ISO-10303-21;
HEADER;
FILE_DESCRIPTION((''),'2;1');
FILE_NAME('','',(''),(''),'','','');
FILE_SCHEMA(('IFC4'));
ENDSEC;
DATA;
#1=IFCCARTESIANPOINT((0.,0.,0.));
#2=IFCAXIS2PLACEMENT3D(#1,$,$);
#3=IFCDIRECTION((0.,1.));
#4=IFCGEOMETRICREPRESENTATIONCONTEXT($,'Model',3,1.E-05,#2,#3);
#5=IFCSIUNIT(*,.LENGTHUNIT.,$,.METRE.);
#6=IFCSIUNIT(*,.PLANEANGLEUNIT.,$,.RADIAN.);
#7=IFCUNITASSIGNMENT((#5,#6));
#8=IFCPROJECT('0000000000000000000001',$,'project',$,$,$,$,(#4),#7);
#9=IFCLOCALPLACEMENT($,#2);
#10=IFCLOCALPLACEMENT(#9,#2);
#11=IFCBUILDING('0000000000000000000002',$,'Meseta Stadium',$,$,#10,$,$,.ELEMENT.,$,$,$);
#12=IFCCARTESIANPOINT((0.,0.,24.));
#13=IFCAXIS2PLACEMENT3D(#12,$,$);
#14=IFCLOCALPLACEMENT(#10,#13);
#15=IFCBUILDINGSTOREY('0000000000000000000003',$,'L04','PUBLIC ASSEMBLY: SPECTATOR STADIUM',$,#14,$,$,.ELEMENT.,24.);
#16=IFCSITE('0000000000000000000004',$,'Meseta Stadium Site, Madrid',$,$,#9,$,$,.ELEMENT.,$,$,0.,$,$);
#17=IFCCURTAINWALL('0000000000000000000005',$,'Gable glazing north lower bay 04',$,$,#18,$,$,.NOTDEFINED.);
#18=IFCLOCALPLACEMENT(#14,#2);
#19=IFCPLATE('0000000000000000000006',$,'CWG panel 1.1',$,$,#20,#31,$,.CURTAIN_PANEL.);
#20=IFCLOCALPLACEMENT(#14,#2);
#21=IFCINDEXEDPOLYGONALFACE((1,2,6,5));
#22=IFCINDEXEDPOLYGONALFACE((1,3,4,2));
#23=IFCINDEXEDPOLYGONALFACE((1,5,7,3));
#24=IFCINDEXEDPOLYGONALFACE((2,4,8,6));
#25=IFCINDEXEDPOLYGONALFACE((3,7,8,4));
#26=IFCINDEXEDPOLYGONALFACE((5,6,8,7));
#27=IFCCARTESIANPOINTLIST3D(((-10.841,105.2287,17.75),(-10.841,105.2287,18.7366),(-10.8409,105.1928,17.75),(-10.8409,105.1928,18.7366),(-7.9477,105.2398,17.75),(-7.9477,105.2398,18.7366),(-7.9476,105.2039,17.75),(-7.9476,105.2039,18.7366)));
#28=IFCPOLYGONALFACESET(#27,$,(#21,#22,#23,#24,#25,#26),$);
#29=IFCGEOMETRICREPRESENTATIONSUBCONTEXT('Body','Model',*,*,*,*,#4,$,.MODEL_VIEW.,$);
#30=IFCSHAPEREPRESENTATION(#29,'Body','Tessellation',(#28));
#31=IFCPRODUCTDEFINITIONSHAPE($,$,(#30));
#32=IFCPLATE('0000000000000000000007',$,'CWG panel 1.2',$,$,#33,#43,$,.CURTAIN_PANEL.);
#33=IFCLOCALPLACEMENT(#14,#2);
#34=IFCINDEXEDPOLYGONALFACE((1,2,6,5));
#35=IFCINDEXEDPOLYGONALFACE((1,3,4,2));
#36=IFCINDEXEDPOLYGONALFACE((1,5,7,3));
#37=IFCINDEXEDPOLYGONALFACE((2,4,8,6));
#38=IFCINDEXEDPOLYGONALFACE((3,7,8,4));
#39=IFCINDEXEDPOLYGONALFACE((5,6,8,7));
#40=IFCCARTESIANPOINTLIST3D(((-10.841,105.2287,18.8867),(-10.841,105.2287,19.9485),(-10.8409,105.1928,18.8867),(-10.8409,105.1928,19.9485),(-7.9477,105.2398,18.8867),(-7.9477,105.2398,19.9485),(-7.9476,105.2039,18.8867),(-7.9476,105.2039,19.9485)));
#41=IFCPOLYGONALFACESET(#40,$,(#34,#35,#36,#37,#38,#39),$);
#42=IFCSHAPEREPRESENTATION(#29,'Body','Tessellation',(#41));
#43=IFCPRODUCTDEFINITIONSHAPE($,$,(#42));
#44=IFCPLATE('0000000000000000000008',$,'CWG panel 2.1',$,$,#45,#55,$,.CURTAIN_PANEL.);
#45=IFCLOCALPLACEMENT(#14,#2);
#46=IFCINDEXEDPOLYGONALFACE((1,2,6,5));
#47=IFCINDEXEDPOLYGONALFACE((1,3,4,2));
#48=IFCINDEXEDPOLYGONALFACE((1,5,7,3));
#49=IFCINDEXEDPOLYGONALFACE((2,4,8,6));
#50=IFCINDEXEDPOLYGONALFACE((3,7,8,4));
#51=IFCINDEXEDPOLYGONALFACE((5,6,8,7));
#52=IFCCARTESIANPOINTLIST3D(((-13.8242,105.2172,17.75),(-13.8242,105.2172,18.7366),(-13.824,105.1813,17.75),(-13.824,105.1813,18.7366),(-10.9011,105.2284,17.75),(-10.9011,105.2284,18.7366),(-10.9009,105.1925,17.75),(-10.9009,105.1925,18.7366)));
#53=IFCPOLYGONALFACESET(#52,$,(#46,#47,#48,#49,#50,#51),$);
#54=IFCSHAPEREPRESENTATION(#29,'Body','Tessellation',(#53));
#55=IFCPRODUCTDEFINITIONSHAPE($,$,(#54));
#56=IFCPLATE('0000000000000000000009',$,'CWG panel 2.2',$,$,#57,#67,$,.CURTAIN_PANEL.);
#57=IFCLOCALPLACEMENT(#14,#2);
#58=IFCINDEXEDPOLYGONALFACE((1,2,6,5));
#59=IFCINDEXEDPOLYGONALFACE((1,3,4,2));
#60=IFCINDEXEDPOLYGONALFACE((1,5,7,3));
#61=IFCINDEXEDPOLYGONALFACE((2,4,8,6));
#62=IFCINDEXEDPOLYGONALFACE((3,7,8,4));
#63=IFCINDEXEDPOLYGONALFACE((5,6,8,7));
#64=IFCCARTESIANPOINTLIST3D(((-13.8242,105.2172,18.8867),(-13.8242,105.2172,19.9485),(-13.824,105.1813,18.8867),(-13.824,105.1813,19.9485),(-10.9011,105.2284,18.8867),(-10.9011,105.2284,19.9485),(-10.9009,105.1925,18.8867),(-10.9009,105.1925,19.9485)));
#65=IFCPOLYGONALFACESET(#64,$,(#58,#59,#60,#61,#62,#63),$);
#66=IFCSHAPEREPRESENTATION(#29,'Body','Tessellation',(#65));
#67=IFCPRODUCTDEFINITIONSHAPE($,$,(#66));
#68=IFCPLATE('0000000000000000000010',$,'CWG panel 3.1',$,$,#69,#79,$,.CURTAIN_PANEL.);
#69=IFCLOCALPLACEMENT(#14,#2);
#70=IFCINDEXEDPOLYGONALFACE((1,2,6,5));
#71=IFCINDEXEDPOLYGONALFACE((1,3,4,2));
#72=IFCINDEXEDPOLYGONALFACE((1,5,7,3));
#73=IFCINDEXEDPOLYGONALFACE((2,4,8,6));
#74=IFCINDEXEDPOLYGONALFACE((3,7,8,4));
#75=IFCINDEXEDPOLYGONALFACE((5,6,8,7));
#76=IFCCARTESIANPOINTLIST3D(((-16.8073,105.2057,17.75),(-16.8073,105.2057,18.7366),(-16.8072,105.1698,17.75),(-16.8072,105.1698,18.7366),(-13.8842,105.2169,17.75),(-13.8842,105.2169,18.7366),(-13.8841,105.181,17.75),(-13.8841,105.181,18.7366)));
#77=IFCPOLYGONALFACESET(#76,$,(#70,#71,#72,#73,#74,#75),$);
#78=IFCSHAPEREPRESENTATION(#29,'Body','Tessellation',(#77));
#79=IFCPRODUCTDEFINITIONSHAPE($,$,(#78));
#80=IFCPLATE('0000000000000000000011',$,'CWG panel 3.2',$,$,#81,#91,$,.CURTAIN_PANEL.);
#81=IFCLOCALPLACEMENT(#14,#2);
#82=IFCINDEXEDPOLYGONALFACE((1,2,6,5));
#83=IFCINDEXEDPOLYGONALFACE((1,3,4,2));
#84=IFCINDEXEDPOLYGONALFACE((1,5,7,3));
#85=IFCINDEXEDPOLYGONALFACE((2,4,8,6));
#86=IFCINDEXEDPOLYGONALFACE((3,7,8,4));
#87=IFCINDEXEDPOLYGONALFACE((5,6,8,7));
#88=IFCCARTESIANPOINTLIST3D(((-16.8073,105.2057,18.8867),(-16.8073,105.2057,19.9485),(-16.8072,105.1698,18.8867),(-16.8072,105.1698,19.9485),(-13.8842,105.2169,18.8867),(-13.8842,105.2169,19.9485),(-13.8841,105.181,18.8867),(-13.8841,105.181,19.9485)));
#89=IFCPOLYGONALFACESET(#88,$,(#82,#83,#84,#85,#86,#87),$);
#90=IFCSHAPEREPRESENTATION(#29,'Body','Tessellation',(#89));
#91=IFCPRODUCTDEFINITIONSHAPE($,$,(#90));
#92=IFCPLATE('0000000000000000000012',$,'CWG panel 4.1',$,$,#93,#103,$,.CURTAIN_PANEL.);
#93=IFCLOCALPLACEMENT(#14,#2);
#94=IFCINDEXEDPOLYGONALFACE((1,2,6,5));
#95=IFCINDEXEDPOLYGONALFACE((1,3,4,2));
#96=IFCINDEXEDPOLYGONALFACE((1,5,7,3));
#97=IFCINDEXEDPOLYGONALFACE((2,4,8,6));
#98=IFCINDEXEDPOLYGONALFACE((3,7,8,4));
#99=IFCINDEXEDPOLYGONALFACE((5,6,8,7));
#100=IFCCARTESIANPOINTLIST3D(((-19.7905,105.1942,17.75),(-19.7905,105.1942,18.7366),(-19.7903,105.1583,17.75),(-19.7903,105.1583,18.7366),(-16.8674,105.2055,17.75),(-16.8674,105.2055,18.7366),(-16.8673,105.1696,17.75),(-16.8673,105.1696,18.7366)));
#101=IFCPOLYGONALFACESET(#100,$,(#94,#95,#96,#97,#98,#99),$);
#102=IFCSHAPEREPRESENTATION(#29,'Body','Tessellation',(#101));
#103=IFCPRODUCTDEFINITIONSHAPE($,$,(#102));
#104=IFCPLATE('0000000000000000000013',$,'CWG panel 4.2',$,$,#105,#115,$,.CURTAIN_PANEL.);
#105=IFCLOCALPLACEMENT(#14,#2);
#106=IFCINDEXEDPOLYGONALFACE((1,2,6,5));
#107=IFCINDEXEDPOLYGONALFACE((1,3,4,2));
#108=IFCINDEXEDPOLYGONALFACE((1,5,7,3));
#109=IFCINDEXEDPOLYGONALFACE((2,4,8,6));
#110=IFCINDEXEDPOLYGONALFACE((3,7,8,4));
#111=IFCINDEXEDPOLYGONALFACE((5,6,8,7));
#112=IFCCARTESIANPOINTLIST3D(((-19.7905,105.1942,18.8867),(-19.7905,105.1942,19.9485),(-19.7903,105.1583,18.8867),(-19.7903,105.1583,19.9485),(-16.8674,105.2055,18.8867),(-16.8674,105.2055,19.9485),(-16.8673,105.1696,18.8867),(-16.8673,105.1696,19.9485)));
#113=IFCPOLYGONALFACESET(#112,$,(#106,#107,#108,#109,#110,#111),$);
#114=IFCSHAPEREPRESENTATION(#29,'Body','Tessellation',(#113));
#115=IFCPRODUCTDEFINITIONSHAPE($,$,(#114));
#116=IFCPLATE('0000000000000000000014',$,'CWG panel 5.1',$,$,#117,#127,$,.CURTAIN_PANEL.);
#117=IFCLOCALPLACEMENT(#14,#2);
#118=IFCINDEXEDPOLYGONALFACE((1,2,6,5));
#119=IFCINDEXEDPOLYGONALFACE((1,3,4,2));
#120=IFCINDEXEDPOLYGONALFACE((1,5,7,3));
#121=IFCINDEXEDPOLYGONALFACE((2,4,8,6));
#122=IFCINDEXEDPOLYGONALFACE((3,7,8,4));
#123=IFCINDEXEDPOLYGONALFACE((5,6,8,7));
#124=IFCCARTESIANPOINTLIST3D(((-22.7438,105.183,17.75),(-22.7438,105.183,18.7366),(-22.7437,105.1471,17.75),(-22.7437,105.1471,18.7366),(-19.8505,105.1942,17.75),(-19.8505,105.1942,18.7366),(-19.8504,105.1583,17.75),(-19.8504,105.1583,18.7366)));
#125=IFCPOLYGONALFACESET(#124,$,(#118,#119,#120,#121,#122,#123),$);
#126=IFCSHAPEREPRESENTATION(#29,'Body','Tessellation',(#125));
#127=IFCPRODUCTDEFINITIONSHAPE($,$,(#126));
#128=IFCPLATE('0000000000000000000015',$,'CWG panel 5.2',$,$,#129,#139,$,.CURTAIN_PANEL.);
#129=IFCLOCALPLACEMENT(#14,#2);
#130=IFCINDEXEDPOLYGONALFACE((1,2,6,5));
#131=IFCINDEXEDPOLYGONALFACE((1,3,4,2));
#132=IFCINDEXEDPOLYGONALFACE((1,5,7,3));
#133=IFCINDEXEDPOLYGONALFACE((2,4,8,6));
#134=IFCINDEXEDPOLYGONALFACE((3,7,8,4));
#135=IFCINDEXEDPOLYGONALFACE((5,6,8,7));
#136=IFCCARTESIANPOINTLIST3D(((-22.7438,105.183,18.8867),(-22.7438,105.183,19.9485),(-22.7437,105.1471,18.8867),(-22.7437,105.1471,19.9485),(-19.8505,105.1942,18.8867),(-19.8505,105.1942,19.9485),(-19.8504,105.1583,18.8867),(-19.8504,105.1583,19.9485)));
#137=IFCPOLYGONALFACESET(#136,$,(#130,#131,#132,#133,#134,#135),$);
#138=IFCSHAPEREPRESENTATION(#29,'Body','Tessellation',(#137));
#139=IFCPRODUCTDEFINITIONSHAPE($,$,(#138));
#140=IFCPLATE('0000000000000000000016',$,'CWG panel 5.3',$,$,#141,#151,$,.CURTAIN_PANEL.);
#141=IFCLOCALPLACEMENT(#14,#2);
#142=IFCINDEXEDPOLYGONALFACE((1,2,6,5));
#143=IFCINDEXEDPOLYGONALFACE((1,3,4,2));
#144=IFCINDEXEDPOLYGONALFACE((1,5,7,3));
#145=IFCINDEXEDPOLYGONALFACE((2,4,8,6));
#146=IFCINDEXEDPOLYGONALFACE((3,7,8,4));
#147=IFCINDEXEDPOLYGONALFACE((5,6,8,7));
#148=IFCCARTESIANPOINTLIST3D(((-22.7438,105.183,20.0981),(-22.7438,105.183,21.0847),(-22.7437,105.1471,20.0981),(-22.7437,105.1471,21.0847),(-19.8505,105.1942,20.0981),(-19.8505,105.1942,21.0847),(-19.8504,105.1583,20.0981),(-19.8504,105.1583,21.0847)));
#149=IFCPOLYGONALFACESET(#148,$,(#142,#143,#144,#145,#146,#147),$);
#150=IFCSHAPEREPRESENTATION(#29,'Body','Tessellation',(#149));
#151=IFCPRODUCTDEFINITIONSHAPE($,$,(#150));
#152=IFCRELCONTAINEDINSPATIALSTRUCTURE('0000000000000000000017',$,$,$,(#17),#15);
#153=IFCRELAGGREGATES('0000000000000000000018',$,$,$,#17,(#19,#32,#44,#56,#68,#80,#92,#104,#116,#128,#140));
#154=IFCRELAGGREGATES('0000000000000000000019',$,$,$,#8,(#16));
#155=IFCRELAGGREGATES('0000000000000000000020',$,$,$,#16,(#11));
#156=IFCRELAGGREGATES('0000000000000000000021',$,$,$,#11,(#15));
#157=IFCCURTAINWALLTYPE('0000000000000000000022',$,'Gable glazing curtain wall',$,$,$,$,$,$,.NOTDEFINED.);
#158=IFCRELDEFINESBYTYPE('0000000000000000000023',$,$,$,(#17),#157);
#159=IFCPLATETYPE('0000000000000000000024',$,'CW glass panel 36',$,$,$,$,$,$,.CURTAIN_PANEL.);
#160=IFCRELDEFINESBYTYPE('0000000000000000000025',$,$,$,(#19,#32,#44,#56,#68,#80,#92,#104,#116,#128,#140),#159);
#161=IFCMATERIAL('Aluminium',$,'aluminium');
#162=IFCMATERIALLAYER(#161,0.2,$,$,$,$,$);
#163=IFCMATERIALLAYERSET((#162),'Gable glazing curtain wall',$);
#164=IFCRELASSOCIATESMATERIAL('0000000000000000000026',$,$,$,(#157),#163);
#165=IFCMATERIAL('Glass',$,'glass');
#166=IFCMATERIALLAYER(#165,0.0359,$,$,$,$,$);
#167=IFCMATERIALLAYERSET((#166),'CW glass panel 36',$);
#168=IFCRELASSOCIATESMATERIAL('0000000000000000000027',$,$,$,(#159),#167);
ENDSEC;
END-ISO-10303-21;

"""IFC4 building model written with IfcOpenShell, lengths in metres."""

from ifc_helpers import new_model, si_unit, direction, frame, origin, origin_2d, place, context, subcontext, project, spatial, rectangle, extrude, material, layer, layer_set, type_object, element, aggregate, save


model = new_model("IFC4")

# Units and contexts
model_context = context("Model", 3, precision=1e-05, world=origin(), true_north=direction((0.0, 1.0)))
body_context = subcontext(model_context, "Body", "Model", "MODEL_VIEW")
ifc_project = project(units=[si_unit("LENGTHUNIT", "METRE"), si_unit("PLANEANGLEUNIT", "RADIAN")], contexts=[model_context])

# Site, building, storey
site_placement = place(None, origin())
site = spatial("IfcSite", under=ifc_project, at=site_placement, Name="Meseta Stadium Site, Madrid", CompositionType="ELEMENT", RefElevation=0.0)
building_placement = place(site_placement, origin())
building = spatial("IfcBuilding", under=site, at=building_placement, Name="Meseta Stadium", CompositionType="ELEMENT")
storey_placement = place(building_placement, frame((0.0, 0.0, 24.0)))
storey = spatial("IfcBuildingStorey", under=building, at=storey_placement, Name="L04", Description="PUBLIC ASSEMBLY: SPECTATOR STADIUM", CompositionType="ELEMENT", Elevation=24.0)

# Curtain wall
ifc_material_1 = material(Name="Aluminium", Category="aluminium")
ifc_layer_1 = layer(ifc_material_1, 0.2)
ifc_layer_set_1 = layer_set([ifc_layer_1], Name="Gable glazing curtain wall")
curtain_wall_type = type_object("IfcCurtainWallType", Name="Gable glazing curtain wall", PredefinedType="NOTDEFINED", material=ifc_layer_set_1)
curtain_wall_1_placement = place(storey_placement, origin())
curtain_wall_1 = element("IfcCurtainWall", 1, at=curtain_wall_1_placement, inside=storey, type_object=curtain_wall_type, Name="Gable glazing north lower bay 04", PredefinedType="NOTDEFINED")

# Shared definitions
ifc_material_2 = material(Name="Glass", Category="glass")
ifc_layer_2 = layer(ifc_material_2, 0.0359)
ifc_layer_set_2 = layer_set([ifc_layer_2], Name="CW glass panel 36")
plate_type = type_object("IfcPlateType", Name="CW glass panel 36", PredefinedType="CURTAIN_PANEL", material=ifc_layer_set_2)

# Plates
plate_1_placement = place(storey_placement, frame((-9.3943, 105.2163, 17.75), z_axis=(0.0, 0.0, 1.0), x_axis=(-0.999993, -0.003848, 0.0)))
plate_1 = element("IfcPlate", 2, at=plate_1_placement, type_object=plate_type, Name="CWG panel 1.1", PredefinedType="CURTAIN_PANEL", context=body_context, shape_type="SweptSolid", body=[
    extrude(rectangle(XDim=2.8933, YDim=0.0359, at=origin_2d()), origin(), (0.0, 0.0, 1.0), 0.9866),
])
plate_2_placement = place(storey_placement, frame((-9.3943, 105.2163, 18.8867), z_axis=(0.0, 0.0, 1.0), x_axis=(-0.999993, -0.003848, 0.0)))
plate_2 = element("IfcPlate", 3, at=plate_2_placement, type_object=plate_type, Name="CWG panel 1.2", PredefinedType="CURTAIN_PANEL", context=body_context, shape_type="SweptSolid", body=[
    extrude(rectangle(XDim=2.8933, YDim=0.0359, at=origin_2d()), origin(), (0.0, 0.0, 1.0), 1.0618),
])
plate_3_placement = place(storey_placement, frame((-12.3625, 105.2048, 17.75), z_axis=(0.0, 0.0, 1.0), x_axis=(-0.999993, -0.003848, 0.0)))
plate_3 = element("IfcPlate", 4, at=plate_3_placement, type_object=plate_type, Name="CWG panel 2.1", PredefinedType="CURTAIN_PANEL", context=body_context, shape_type="SweptSolid", body=[
    extrude(rectangle(XDim=2.9231, YDim=0.0359, at=origin_2d()), origin(), (0.0, 0.0, 1.0), 0.9866),
])
plate_4_placement = place(storey_placement, frame((-12.3625, 105.2048, 18.8867), z_axis=(0.0, 0.0, 1.0), x_axis=(-0.999993, -0.003848, 0.0)))
plate_4 = element("IfcPlate", 5, at=plate_4_placement, type_object=plate_type, Name="CWG panel 2.2", PredefinedType="CURTAIN_PANEL", context=body_context, shape_type="SweptSolid", body=[
    extrude(rectangle(XDim=2.9231, YDim=0.0359, at=origin_2d()), origin(), (0.0, 0.0, 1.0), 1.0618),
])
plate_5_placement = place(storey_placement, frame((-15.3457, 105.1934, 17.75), z_axis=(0.0, 0.0, 1.0), x_axis=(-0.999993, -0.003848, 0.0)))
plate_5 = element("IfcPlate", 6, at=plate_5_placement, type_object=plate_type, Name="CWG panel 3.1", PredefinedType="CURTAIN_PANEL", context=body_context, shape_type="SweptSolid", body=[
    extrude(rectangle(XDim=2.9231, YDim=0.0359, at=origin_2d()), origin(), (0.0, 0.0, 1.0), 0.9866),
])
plate_6_placement = place(storey_placement, frame((-15.3457, 105.1934, 18.8867), z_axis=(0.0, 0.0, 1.0), x_axis=(-0.999993, -0.003848, 0.0)))
plate_6 = element("IfcPlate", 7, at=plate_6_placement, type_object=plate_type, Name="CWG panel 3.2", PredefinedType="CURTAIN_PANEL", context=body_context, shape_type="SweptSolid", body=[
    extrude(rectangle(XDim=2.9231, YDim=0.0359, at=origin_2d()), origin(), (0.0, 0.0, 1.0), 1.0618),
])
plate_7_placement = place(storey_placement, frame((-18.3289, 105.1819, 17.75), z_axis=(0.0, 0.0, 1.0), x_axis=(-0.999993, -0.003848, 0.0)))
plate_7 = element("IfcPlate", 8, at=plate_7_placement, type_object=plate_type, Name="CWG panel 4.1", PredefinedType="CURTAIN_PANEL", context=body_context, shape_type="SweptSolid", body=[
    extrude(rectangle(XDim=2.9231, YDim=0.0359, at=origin_2d()), origin(), (0.0, 0.0, 1.0), 0.9866),
])
plate_8_placement = place(storey_placement, frame((-18.3289, 105.1819, 18.8867), z_axis=(0.0, 0.0, 1.0), x_axis=(-0.999993, -0.003848, 0.0)))
plate_8 = element("IfcPlate", 9, at=plate_8_placement, type_object=plate_type, Name="CWG panel 4.2", PredefinedType="CURTAIN_PANEL", context=body_context, shape_type="SweptSolid", body=[
    extrude(rectangle(XDim=2.9231, YDim=0.0359, at=origin_2d()), origin(), (0.0, 0.0, 1.0), 1.0618),
])
plate_9_placement = place(storey_placement, frame((-21.2971, 105.1707, 17.75), z_axis=(0.0, 0.0, 1.0), x_axis=(-0.999993, -0.003848, 0.0)))
plate_9 = element("IfcPlate", 10, at=plate_9_placement, type_object=plate_type, Name="CWG panel 5.1", PredefinedType="CURTAIN_PANEL", context=body_context, shape_type="SweptSolid", body=[
    extrude(rectangle(XDim=2.8933, YDim=0.0359, at=origin_2d()), origin(), (0.0, 0.0, 1.0), 0.9866),
])
plate_10_placement = place(storey_placement, frame((-21.2971, 105.1707, 18.8867), z_axis=(0.0, 0.0, 1.0), x_axis=(-0.999993, -0.003848, 0.0)))
plate_10 = element("IfcPlate", 11, at=plate_10_placement, type_object=plate_type, Name="CWG panel 5.2", PredefinedType="CURTAIN_PANEL", context=body_context, shape_type="SweptSolid", body=[
    extrude(rectangle(XDim=2.8933, YDim=0.0359, at=origin_2d()), origin(), (0.0, 0.0, 1.0), 1.0618),
])
plate_11_placement = place(storey_placement, frame((-21.2971, 105.1707, 20.0981), z_axis=(0.0, 0.0, 1.0), x_axis=(-0.999993, -0.003848, 0.0)))
plate_11 = element("IfcPlate", 12, at=plate_11_placement, type_object=plate_type, Name="CWG panel 5.3", PredefinedType="CURTAIN_PANEL", context=body_context, shape_type="SweptSolid", body=[
    extrude(rectangle(XDim=2.8933, YDim=0.0359, at=origin_2d()), origin(), (0.0, 0.0, 1.0), 0.9866),
])
aggregate(curtain_wall_1, [plate_1, plate_2, plate_3, plate_4, plate_5, plate_6, plate_7, plate_8, plate_9, plate_10, plate_11])

save(model, "model.ifc")
